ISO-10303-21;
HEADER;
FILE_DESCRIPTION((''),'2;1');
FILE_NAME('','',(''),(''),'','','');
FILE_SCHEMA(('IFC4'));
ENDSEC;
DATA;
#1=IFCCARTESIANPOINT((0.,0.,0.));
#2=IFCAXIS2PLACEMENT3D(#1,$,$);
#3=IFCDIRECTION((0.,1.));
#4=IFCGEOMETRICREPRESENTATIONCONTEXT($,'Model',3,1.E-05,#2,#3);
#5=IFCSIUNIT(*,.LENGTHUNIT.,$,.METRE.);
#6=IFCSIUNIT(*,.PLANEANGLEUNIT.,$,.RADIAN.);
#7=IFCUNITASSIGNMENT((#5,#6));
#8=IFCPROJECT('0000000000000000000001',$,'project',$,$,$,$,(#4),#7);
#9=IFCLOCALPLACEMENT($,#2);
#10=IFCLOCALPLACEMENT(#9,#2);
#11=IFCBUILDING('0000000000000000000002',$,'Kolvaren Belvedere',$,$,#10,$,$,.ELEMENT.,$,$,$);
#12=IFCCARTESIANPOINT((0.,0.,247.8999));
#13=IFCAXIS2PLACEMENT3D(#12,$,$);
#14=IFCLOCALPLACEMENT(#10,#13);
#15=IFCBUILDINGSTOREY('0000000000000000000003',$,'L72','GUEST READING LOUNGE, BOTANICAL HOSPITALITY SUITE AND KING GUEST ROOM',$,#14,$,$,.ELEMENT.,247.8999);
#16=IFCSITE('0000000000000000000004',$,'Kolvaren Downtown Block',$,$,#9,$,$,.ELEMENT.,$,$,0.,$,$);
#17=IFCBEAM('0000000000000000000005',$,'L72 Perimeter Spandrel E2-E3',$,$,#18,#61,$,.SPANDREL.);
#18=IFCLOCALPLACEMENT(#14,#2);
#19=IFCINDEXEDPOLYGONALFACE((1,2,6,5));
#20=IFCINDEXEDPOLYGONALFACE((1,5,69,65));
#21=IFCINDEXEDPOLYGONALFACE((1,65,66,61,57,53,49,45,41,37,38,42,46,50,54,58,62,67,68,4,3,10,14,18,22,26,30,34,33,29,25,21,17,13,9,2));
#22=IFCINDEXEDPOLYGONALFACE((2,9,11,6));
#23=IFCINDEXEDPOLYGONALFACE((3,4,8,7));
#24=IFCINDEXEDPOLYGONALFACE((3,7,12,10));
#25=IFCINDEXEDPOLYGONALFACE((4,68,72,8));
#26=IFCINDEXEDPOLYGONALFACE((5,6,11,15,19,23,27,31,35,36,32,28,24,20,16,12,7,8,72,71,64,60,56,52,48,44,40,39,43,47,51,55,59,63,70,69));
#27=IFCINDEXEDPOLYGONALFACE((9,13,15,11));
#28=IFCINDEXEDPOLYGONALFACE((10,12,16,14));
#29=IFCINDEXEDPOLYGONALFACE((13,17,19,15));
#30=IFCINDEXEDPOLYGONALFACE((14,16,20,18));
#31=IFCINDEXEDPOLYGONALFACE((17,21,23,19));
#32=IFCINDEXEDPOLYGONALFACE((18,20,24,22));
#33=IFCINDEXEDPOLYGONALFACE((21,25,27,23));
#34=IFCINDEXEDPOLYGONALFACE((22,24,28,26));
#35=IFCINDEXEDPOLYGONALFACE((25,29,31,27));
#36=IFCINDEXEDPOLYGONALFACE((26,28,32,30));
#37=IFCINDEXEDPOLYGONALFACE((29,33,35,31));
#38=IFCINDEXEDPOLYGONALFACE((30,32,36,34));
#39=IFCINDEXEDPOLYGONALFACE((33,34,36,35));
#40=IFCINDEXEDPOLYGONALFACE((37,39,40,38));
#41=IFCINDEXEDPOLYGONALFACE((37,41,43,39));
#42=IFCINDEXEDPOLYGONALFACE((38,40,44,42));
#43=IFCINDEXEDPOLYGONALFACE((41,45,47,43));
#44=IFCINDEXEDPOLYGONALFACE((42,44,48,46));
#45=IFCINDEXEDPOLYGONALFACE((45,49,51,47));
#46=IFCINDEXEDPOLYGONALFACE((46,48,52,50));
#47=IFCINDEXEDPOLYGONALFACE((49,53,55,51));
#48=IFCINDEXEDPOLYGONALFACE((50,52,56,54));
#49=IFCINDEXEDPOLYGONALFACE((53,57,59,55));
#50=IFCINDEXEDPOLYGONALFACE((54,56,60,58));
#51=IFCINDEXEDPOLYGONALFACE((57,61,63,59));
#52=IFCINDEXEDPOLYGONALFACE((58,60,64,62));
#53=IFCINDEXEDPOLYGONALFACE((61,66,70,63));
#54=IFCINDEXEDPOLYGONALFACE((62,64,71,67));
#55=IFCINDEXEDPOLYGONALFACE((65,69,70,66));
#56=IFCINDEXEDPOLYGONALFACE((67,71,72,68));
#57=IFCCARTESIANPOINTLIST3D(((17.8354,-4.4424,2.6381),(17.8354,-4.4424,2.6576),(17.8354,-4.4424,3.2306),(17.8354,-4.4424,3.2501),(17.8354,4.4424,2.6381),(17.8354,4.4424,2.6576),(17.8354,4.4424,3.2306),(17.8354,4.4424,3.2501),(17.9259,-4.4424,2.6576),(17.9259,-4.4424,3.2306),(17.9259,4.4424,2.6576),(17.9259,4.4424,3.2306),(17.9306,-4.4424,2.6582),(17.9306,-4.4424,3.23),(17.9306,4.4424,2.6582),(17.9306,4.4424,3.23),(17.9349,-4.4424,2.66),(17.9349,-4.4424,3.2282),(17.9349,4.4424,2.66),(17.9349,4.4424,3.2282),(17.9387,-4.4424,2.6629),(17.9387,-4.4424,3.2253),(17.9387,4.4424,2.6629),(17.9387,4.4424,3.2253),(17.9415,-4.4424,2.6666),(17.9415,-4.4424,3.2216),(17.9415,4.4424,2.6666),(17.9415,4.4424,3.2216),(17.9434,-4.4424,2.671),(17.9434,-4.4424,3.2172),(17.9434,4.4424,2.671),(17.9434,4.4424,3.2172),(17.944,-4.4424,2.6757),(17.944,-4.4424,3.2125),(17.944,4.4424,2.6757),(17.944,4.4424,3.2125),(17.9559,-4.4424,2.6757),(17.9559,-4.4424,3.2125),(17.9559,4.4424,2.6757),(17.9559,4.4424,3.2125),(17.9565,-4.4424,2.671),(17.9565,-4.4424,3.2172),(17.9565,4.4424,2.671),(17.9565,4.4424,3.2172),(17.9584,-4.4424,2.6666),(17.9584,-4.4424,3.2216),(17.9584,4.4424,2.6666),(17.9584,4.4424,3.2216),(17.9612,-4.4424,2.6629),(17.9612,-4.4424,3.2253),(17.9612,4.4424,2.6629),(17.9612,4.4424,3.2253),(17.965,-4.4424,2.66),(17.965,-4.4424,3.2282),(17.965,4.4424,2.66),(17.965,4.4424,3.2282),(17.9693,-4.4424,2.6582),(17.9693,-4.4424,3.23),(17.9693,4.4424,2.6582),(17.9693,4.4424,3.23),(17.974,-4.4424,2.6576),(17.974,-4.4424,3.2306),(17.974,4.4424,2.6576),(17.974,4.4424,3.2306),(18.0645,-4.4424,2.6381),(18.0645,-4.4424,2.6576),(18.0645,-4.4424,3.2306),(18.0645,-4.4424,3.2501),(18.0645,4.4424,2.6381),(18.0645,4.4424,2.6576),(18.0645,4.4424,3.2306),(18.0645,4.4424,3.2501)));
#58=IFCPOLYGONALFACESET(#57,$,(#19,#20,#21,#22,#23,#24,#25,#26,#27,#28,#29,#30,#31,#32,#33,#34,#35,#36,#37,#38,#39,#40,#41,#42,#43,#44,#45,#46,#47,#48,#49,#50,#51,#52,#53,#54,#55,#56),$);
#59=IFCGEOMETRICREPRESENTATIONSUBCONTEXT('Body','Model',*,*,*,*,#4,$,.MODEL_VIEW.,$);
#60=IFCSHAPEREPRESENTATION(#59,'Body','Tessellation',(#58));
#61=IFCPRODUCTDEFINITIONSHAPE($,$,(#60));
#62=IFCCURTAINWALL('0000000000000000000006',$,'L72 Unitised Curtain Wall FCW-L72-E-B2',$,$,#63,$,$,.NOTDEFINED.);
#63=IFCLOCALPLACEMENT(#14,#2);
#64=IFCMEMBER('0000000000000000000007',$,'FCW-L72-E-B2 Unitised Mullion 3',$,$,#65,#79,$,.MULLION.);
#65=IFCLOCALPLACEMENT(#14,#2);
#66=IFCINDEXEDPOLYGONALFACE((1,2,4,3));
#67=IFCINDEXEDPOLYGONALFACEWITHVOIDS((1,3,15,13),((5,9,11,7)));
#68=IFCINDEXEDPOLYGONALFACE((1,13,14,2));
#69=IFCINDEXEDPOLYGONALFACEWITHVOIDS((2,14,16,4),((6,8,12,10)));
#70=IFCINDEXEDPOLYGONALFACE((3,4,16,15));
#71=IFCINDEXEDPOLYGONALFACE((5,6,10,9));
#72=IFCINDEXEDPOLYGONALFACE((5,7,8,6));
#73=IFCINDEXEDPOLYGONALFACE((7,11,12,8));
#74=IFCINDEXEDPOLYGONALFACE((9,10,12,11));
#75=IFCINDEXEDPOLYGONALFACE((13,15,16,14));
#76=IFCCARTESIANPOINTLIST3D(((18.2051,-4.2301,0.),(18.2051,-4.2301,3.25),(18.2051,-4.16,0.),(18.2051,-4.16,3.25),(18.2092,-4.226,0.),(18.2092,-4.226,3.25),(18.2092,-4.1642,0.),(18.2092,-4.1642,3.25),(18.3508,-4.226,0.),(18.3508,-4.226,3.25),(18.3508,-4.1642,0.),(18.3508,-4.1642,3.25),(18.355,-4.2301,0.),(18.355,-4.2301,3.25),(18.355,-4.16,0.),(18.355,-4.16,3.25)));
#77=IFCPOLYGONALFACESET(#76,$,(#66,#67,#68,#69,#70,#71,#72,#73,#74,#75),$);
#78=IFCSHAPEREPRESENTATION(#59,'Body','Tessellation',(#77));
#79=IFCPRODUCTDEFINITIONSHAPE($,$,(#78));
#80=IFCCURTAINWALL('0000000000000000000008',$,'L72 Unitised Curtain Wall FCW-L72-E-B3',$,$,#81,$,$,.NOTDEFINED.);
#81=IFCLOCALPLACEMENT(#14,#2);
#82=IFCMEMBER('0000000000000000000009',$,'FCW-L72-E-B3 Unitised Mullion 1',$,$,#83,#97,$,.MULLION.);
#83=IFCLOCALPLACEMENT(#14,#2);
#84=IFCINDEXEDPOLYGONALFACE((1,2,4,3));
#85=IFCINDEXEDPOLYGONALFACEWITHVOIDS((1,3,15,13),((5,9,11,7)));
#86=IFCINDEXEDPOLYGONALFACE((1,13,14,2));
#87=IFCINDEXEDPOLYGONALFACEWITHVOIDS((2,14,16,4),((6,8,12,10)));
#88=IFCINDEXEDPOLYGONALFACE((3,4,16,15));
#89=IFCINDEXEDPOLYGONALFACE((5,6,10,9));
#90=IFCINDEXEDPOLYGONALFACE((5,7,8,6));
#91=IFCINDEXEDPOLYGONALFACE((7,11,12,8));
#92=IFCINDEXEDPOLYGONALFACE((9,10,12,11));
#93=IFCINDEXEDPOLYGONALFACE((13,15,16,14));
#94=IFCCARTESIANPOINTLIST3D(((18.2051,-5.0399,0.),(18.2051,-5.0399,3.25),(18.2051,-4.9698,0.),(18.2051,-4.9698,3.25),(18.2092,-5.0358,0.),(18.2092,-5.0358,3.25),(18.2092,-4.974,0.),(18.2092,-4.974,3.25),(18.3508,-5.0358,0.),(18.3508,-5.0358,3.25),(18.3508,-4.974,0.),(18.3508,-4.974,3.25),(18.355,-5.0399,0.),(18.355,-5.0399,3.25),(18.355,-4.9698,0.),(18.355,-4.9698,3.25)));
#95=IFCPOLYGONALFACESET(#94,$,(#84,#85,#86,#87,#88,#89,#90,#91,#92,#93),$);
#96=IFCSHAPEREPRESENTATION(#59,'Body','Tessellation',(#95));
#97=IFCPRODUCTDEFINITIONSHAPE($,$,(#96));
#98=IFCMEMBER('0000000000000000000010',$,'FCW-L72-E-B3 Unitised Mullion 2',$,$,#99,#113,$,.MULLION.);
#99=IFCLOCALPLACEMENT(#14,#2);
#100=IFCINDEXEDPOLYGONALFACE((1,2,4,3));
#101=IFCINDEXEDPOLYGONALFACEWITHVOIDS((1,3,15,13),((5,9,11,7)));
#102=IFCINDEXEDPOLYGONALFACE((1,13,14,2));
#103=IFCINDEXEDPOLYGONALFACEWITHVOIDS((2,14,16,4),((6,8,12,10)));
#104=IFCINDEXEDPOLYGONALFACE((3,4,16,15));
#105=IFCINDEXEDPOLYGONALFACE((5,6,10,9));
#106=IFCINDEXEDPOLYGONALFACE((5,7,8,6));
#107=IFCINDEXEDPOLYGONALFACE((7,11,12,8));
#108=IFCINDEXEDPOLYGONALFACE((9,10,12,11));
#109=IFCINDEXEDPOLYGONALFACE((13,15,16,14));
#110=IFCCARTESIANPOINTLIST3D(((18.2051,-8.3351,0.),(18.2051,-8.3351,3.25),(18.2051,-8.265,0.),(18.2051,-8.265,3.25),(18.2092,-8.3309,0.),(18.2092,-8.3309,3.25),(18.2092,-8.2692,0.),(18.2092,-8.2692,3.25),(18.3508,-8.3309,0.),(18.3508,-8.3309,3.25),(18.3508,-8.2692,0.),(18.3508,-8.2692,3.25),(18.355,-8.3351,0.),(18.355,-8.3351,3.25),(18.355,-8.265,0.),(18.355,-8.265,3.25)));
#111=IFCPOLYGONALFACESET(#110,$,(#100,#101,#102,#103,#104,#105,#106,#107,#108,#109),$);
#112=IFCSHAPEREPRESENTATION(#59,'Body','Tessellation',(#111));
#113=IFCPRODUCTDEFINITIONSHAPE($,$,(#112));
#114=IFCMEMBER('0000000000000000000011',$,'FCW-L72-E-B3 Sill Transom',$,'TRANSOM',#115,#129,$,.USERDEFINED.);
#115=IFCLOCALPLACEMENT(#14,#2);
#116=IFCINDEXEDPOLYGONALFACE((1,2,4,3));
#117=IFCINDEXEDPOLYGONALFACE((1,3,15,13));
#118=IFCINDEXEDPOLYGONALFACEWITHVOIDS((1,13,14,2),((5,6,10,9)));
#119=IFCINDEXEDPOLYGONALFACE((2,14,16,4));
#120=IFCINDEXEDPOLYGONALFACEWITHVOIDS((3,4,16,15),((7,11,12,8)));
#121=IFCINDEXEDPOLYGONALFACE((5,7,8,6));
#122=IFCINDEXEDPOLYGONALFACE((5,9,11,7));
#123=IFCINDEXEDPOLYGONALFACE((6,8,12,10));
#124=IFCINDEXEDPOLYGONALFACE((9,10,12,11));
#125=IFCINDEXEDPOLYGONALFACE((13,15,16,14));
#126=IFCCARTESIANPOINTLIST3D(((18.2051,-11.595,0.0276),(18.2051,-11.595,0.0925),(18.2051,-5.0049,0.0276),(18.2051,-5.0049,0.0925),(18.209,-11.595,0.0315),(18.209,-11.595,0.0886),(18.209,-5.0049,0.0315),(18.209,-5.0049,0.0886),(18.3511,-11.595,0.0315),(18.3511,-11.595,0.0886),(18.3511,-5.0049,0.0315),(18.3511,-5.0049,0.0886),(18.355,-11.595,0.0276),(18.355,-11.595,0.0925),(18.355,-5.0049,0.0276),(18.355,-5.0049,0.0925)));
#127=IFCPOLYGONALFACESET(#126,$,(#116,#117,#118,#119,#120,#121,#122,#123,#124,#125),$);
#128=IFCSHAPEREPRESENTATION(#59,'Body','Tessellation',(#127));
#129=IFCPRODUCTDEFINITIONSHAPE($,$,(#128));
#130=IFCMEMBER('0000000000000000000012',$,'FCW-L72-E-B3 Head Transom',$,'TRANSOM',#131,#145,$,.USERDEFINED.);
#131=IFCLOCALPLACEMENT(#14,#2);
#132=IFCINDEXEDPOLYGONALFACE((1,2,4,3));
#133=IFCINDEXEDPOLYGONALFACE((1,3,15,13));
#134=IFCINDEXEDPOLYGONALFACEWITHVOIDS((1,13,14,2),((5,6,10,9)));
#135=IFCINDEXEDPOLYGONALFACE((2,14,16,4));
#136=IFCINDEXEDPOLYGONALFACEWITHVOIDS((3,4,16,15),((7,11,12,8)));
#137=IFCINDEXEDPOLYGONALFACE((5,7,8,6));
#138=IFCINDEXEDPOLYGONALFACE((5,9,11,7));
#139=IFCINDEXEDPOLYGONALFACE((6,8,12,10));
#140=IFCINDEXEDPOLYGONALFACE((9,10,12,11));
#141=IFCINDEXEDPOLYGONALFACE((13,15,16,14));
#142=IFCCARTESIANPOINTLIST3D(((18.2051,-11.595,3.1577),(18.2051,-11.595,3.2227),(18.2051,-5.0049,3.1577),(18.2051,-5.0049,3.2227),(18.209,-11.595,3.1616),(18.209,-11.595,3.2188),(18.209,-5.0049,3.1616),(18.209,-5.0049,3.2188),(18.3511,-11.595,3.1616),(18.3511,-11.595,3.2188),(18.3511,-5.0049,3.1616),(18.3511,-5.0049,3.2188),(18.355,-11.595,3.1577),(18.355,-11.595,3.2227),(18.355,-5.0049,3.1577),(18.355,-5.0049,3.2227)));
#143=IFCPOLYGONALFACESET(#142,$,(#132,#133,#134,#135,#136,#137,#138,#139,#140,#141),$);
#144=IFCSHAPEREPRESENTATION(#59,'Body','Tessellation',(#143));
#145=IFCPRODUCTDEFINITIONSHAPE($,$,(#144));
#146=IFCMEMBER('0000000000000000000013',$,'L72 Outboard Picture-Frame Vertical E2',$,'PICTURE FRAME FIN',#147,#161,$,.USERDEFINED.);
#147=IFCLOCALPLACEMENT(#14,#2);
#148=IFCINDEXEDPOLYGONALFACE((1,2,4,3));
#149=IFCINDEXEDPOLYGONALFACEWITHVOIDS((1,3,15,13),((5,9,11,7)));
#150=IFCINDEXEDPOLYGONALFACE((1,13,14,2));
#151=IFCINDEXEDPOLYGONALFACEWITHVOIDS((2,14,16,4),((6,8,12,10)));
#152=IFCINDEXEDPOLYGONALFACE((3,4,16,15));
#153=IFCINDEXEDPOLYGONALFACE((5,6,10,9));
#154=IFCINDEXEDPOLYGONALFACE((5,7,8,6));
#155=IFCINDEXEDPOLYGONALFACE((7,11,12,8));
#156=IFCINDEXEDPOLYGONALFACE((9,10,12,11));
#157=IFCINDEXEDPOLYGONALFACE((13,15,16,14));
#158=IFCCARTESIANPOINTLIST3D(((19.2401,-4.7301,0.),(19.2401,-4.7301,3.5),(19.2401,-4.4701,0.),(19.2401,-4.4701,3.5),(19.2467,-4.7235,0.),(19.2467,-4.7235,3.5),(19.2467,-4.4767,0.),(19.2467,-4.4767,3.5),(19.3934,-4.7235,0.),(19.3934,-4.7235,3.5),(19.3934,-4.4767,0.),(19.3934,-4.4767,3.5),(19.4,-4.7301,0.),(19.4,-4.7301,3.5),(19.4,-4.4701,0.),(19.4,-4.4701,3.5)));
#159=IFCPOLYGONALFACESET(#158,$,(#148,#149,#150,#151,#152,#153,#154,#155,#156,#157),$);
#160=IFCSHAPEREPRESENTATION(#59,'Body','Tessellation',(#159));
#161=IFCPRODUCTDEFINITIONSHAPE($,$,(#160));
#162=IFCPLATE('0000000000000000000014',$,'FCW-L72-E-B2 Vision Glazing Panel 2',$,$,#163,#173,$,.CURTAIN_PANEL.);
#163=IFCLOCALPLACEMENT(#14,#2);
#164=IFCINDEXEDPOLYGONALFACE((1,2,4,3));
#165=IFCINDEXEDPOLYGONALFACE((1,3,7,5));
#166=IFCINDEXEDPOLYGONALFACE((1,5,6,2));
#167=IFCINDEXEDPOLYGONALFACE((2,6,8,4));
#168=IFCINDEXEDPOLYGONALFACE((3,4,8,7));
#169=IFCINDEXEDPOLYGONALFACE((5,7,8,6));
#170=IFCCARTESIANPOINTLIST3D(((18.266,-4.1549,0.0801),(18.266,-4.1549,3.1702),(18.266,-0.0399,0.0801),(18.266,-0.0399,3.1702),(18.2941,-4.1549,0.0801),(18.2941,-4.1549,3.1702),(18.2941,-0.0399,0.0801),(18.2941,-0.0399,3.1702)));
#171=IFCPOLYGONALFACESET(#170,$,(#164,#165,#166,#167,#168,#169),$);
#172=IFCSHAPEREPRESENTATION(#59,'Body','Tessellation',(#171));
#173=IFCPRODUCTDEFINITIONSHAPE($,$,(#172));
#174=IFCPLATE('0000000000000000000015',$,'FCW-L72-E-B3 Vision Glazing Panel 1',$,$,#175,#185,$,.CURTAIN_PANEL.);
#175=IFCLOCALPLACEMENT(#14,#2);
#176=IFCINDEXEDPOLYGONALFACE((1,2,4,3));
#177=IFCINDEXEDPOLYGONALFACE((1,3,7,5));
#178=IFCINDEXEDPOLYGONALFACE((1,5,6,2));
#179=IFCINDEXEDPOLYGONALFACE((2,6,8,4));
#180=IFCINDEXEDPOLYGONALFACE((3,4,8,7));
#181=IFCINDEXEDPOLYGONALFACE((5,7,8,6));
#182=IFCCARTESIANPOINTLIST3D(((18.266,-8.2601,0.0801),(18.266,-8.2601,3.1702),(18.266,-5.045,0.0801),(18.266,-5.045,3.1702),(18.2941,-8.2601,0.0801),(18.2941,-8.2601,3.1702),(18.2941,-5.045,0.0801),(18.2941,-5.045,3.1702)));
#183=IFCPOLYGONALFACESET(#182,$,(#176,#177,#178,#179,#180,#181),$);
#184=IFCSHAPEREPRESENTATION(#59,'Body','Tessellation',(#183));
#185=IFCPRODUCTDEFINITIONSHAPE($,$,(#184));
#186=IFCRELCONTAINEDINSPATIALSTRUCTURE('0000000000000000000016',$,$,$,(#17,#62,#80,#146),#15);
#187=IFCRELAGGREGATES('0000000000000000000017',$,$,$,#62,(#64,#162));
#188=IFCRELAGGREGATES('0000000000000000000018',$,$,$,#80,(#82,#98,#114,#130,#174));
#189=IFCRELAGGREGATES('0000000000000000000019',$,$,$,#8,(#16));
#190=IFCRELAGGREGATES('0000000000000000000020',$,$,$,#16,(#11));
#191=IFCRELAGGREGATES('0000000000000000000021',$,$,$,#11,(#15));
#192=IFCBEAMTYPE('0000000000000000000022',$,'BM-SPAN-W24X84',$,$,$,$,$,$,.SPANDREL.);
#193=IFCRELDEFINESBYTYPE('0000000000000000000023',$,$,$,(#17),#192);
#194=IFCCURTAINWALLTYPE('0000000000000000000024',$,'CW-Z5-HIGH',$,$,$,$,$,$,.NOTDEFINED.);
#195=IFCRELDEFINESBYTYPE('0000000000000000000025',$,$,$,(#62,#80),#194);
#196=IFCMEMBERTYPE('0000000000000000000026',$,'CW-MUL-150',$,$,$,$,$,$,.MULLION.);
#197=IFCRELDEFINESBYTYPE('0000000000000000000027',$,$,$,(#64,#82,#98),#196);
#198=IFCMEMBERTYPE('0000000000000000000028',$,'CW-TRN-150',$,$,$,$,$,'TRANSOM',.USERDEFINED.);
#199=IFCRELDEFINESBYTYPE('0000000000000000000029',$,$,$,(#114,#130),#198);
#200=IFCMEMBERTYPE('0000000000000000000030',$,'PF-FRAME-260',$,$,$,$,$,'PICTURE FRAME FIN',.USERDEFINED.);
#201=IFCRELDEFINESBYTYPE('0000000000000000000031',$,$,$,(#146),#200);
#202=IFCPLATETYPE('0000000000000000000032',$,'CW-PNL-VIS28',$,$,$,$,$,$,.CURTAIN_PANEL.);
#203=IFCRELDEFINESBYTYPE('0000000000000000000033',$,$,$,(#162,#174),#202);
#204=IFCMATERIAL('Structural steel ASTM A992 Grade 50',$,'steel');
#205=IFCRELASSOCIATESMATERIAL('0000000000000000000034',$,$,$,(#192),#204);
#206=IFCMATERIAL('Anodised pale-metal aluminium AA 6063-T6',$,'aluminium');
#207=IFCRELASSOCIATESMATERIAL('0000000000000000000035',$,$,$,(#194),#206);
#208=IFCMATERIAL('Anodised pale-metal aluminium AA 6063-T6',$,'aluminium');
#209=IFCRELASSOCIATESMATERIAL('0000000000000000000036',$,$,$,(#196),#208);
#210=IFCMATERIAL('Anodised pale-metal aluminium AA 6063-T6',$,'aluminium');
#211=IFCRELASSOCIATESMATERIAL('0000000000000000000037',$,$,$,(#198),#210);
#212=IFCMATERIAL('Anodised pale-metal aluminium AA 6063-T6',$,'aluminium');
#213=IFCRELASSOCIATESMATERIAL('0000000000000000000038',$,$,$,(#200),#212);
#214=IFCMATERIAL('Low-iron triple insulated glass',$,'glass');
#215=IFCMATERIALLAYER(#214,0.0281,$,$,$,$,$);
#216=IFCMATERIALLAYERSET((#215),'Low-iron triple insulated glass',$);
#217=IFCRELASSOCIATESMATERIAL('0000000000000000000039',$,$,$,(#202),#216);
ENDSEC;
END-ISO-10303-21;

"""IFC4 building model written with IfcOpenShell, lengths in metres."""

from ifc_helpers import new_model, si_unit, direction, frame, origin, origin_2d, place, context, subcontext, project, spatial, rectangle, hollow_rectangle, i_section, extrude, material, layer, layer_set, material_profile, profile_set, type_object, element, aggregate, save


model = new_model("IFC4")

# Units and contexts
model_context = context("Model", 3, precision=1e-05, world=origin(), true_north=direction((0.0, 1.0)))
body_context = subcontext(model_context, "Body", "Model", "MODEL_VIEW")
ifc_project = project(units=[si_unit("LENGTHUNIT", "METRE"), si_unit("PLANEANGLEUNIT", "RADIAN")], contexts=[model_context])

# Site, building, storey
site_placement = place(None, origin())
site = spatial("IfcSite", under=ifc_project, at=site_placement, Name="Kolvaren Downtown Block", CompositionType="ELEMENT", RefElevation=0.0)
building_placement = place(site_placement, origin())
building = spatial("IfcBuilding", under=site, at=building_placement, Name="Kolvaren Belvedere", CompositionType="ELEMENT")
storey_placement = place(building_placement, frame((0.0, 0.0, 247.8999)))
storey = spatial("IfcBuildingStorey", under=building, at=storey_placement, Name="L72", Description="GUEST READING LOUNGE, BOTANICAL HOSPITALITY SUITE AND KING GUEST ROOM", CompositionType="ELEMENT", Elevation=247.8999)

# Beam
ifc_material_1 = material(Name="Structural steel ASTM A992 Grade 50", Category="steel")
ifc_material_profile_1 = material_profile(ifc_material_1, i_section(OverallWidth=0.229, OverallDepth=0.6121, WebThickness=0.012, FlangeThickness=0.0195, FilletRadius=0.0181, at=origin_2d()), Name="W24X84")
ifc_profile_set_1 = profile_set([ifc_material_profile_1], Name="Structural steel ASTM A992 Grade 50")
beam_type_1 = type_object("IfcBeamType", Name="BM-SPAN-W24X84", PredefinedType="SPANDREL", material=ifc_profile_set_1)
beam_1_placement = place(storey_placement, frame((17.95, -4.4424, 2.9441), z_axis=(0.0, 1.0, 0.0), x_axis=(-1.0, 0.0, 0.0)))
element("IfcBeam", 1, at=beam_1_placement, inside=storey, type_object=beam_type_1, Name="L72 Perimeter Spandrel E2-E3", PredefinedType="SPANDREL", context=body_context, shape_type="SweptSolid", body=[
    extrude(i_section(OverallWidth=0.229, OverallDepth=0.6121, WebThickness=0.012, FlangeThickness=0.0195, FilletRadius=0.0181, at=origin_2d()), origin(), (0.0, 0.0, 1.0), 8.8848),
])

# Curtain wall, member
ifc_material_2 = material(Name="Anodised pale-metal aluminium AA 6063-T6", Category="aluminium")
curtain_wall_type = type_object("IfcCurtainWallType", Name="CW-Z5-HIGH", PredefinedType="NOTDEFINED", material=ifc_material_2)
curtain_wall_1_placement = place(storey_placement, origin())
curtain_wall_1 = element("IfcCurtainWall", 2, at=curtain_wall_1_placement, inside=storey, type_object=curtain_wall_type, Name="L72 Unitised Curtain Wall FCW-L72-E-B2", PredefinedType="NOTDEFINED")
ifc_material_3 = material(Name="Anodised pale-metal aluminium AA 6063-T6", Category="aluminium")
ifc_material_profile_2 = material_profile(ifc_material_3, hollow_rectangle(XDim=0.0701, YDim=0.1499, WallThickness=0.0042, at=origin_2d()), Name="ALU-MUL-150X70")
ifc_profile_set_2 = profile_set([ifc_material_profile_2], Name="Anodised pale-metal aluminium AA 6063-T6")
member_type_1 = type_object("IfcMemberType", Name="CW-MUL-150", PredefinedType="MULLION", material=ifc_profile_set_2)
member_1_placement = place(storey_placement, frame((18.28, -4.1951, 0.0), z_axis=(0.0, 0.0, 1.0), x_axis=(0.0, 1.0, 0.0)))
member_1 = element("IfcMember", 3, at=member_1_placement, type_object=member_type_1, Name="FCW-L72-E-B2 Unitised Mullion 3", PredefinedType="MULLION", context=body_context, shape_type="SweptSolid", body=[
    extrude(hollow_rectangle(XDim=0.0701, YDim=0.1499, WallThickness=0.0042, at=origin_2d()), origin(), (0.0, 0.0, 1.0), 3.25),
])

# Curtain wall, members
curtain_wall_2_placement = place(storey_placement, origin())
curtain_wall_2 = element("IfcCurtainWall", 4, at=curtain_wall_2_placement, inside=storey, type_object=curtain_wall_type, Name="L72 Unitised Curtain Wall FCW-L72-E-B3", PredefinedType="NOTDEFINED")
member_2_placement = place(storey_placement, frame((18.28, -5.0049, 0.0), z_axis=(0.0, 0.0, 1.0), x_axis=(0.0, 1.0, 0.0)))
member_2 = element("IfcMember", 5, at=member_2_placement, type_object=member_type_1, Name="FCW-L72-E-B3 Unitised Mullion 1", PredefinedType="MULLION", context=body_context, shape_type="SweptSolid", body=[
    extrude(hollow_rectangle(XDim=0.0701, YDim=0.1499, WallThickness=0.0042, at=origin_2d()), origin(), (0.0, 0.0, 1.0), 3.25),
])
member_3_placement = place(storey_placement, frame((18.28, -8.3, 0.0), z_axis=(0.0, 0.0, 1.0), x_axis=(0.0, 1.0, 0.0)))
member_3 = element("IfcMember", 6, at=member_3_placement, type_object=member_type_1, Name="FCW-L72-E-B3 Unitised Mullion 2", PredefinedType="MULLION", context=body_context, shape_type="SweptSolid", body=[
    extrude(hollow_rectangle(XDim=0.0701, YDim=0.1499, WallThickness=0.0042, at=origin_2d()), origin(), (0.0, 0.0, 1.0), 3.25),
])
ifc_material_4 = material(Name="Anodised pale-metal aluminium AA 6063-T6", Category="aluminium")
ifc_material_profile_3 = material_profile(ifc_material_4, hollow_rectangle(XDim=0.0649, YDim=0.1499, WallThickness=0.0039, at=origin_2d()), Name="ALU-TRN-150X65")
ifc_profile_set_3 = profile_set([ifc_material_profile_3], Name="Anodised pale-metal aluminium AA 6063-T6")
member_type_2 = type_object("IfcMemberType", Name="CW-TRN-150", ElementType="TRANSOM", PredefinedType="USERDEFINED", material=ifc_profile_set_3)
member_4_placement = place(storey_placement, frame((18.28, -5.0049, 0.0601), z_axis=(0.0, -1.0, 0.0), x_axis=(0.0, 0.0, 1.0)))
member_4 = element("IfcMember", 7, at=member_4_placement, type_object=member_type_2, Name="FCW-L72-E-B3 Sill Transom", ObjectType="TRANSOM", PredefinedType="USERDEFINED", context=body_context, shape_type="SweptSolid", body=[
    extrude(hollow_rectangle(XDim=0.0649, YDim=0.1499, WallThickness=0.0039, at=origin_2d()), origin(), (0.0, 0.0, 1.0), 6.5901),
])
member_5_placement = place(storey_placement, frame((18.28, -5.0049, 3.1902), z_axis=(0.0, -1.0, 0.0), x_axis=(0.0, 0.0, 1.0)))
member_5 = element("IfcMember", 8, at=member_5_placement, type_object=member_type_2, Name="FCW-L72-E-B3 Head Transom", ObjectType="TRANSOM", PredefinedType="USERDEFINED", context=body_context, shape_type="SweptSolid", body=[
    extrude(hollow_rectangle(XDim=0.0649, YDim=0.1499, WallThickness=0.0039, at=origin_2d()), origin(), (0.0, 0.0, 1.0), 6.5901),
])

# Member
ifc_material_5 = material(Name="Anodised pale-metal aluminium AA 6063-T6", Category="aluminium")
ifc_material_profile_4 = material_profile(ifc_material_5, hollow_rectangle(XDim=0.1599, YDim=0.26, WallThickness=0.0066, at=origin_2d()), Name="ALU-PF-260X160")
ifc_profile_set_4 = profile_set([ifc_material_profile_4], Name="Anodised pale-metal aluminium AA 6063-T6")
member_type_3 = type_object("IfcMemberType", Name="PF-FRAME-260", ElementType="PICTURE FRAME FIN", PredefinedType="USERDEFINED", material=ifc_profile_set_4)
member_6_placement = place(storey_placement, frame((19.3201, -4.6001, 0.0), z_axis=(0.0, 0.0, 1.0), x_axis=(1.0, 0.0, 0.0)))
element("IfcMember", 9, at=member_6_placement, inside=storey, type_object=member_type_3, Name="L72 Outboard Picture-Frame Vertical E2", ObjectType="PICTURE FRAME FIN", PredefinedType="USERDEFINED", context=body_context, shape_type="SweptSolid", body=[
    extrude(hollow_rectangle(XDim=0.1599, YDim=0.26, WallThickness=0.0066, at=origin_2d()), origin(), (0.0, 0.0, 1.0), 3.5),
])

# Plates
ifc_material_6 = material(Name="Low-iron triple insulated glass", Category="glass")
ifc_layer_1 = layer(ifc_material_6, 0.0281)
ifc_layer_set_1 = layer_set([ifc_layer_1], Name="Low-iron triple insulated glass")
plate_type_1 = type_object("IfcPlateType", Name="CW-PNL-VIS28", PredefinedType="CURTAIN_PANEL", material=ifc_layer_set_1)
plate_1_placement = place(storey_placement, frame((18.28, -2.0974, 0.0801), z_axis=(0.0, 0.0, 1.0), x_axis=(0.0, -1.0, 0.0)))
plate_1 = element("IfcPlate", 10, at=plate_1_placement, type_object=plate_type_1, Name="FCW-L72-E-B2 Vision Glazing Panel 2", PredefinedType="CURTAIN_PANEL", context=body_context, shape_type="SweptSolid", body=[
    extrude(rectangle(XDim=4.115, YDim=0.0281, at=origin_2d()), origin(), (0.0, 0.0, 1.0), 3.0901),
])
aggregate(curtain_wall_1, [member_1, plate_1])
plate_2_placement = place(storey_placement, frame((18.28, -6.6526, 0.0801), z_axis=(0.0, 0.0, 1.0), x_axis=(0.0, -1.0, 0.0)))
plate_2 = element("IfcPlate", 11, at=plate_2_placement, type_object=plate_type_1, Name="FCW-L72-E-B3 Vision Glazing Panel 1", PredefinedType="CURTAIN_PANEL", context=body_context, shape_type="SweptSolid", body=[
    extrude(rectangle(XDim=3.2151, YDim=0.0281, at=origin_2d()), origin(), (0.0, 0.0, 1.0), 3.0901),
])
aggregate(curtain_wall_2, [member_2, member_3, member_4, member_5, plate_2])

save(model, "model.ifc")
